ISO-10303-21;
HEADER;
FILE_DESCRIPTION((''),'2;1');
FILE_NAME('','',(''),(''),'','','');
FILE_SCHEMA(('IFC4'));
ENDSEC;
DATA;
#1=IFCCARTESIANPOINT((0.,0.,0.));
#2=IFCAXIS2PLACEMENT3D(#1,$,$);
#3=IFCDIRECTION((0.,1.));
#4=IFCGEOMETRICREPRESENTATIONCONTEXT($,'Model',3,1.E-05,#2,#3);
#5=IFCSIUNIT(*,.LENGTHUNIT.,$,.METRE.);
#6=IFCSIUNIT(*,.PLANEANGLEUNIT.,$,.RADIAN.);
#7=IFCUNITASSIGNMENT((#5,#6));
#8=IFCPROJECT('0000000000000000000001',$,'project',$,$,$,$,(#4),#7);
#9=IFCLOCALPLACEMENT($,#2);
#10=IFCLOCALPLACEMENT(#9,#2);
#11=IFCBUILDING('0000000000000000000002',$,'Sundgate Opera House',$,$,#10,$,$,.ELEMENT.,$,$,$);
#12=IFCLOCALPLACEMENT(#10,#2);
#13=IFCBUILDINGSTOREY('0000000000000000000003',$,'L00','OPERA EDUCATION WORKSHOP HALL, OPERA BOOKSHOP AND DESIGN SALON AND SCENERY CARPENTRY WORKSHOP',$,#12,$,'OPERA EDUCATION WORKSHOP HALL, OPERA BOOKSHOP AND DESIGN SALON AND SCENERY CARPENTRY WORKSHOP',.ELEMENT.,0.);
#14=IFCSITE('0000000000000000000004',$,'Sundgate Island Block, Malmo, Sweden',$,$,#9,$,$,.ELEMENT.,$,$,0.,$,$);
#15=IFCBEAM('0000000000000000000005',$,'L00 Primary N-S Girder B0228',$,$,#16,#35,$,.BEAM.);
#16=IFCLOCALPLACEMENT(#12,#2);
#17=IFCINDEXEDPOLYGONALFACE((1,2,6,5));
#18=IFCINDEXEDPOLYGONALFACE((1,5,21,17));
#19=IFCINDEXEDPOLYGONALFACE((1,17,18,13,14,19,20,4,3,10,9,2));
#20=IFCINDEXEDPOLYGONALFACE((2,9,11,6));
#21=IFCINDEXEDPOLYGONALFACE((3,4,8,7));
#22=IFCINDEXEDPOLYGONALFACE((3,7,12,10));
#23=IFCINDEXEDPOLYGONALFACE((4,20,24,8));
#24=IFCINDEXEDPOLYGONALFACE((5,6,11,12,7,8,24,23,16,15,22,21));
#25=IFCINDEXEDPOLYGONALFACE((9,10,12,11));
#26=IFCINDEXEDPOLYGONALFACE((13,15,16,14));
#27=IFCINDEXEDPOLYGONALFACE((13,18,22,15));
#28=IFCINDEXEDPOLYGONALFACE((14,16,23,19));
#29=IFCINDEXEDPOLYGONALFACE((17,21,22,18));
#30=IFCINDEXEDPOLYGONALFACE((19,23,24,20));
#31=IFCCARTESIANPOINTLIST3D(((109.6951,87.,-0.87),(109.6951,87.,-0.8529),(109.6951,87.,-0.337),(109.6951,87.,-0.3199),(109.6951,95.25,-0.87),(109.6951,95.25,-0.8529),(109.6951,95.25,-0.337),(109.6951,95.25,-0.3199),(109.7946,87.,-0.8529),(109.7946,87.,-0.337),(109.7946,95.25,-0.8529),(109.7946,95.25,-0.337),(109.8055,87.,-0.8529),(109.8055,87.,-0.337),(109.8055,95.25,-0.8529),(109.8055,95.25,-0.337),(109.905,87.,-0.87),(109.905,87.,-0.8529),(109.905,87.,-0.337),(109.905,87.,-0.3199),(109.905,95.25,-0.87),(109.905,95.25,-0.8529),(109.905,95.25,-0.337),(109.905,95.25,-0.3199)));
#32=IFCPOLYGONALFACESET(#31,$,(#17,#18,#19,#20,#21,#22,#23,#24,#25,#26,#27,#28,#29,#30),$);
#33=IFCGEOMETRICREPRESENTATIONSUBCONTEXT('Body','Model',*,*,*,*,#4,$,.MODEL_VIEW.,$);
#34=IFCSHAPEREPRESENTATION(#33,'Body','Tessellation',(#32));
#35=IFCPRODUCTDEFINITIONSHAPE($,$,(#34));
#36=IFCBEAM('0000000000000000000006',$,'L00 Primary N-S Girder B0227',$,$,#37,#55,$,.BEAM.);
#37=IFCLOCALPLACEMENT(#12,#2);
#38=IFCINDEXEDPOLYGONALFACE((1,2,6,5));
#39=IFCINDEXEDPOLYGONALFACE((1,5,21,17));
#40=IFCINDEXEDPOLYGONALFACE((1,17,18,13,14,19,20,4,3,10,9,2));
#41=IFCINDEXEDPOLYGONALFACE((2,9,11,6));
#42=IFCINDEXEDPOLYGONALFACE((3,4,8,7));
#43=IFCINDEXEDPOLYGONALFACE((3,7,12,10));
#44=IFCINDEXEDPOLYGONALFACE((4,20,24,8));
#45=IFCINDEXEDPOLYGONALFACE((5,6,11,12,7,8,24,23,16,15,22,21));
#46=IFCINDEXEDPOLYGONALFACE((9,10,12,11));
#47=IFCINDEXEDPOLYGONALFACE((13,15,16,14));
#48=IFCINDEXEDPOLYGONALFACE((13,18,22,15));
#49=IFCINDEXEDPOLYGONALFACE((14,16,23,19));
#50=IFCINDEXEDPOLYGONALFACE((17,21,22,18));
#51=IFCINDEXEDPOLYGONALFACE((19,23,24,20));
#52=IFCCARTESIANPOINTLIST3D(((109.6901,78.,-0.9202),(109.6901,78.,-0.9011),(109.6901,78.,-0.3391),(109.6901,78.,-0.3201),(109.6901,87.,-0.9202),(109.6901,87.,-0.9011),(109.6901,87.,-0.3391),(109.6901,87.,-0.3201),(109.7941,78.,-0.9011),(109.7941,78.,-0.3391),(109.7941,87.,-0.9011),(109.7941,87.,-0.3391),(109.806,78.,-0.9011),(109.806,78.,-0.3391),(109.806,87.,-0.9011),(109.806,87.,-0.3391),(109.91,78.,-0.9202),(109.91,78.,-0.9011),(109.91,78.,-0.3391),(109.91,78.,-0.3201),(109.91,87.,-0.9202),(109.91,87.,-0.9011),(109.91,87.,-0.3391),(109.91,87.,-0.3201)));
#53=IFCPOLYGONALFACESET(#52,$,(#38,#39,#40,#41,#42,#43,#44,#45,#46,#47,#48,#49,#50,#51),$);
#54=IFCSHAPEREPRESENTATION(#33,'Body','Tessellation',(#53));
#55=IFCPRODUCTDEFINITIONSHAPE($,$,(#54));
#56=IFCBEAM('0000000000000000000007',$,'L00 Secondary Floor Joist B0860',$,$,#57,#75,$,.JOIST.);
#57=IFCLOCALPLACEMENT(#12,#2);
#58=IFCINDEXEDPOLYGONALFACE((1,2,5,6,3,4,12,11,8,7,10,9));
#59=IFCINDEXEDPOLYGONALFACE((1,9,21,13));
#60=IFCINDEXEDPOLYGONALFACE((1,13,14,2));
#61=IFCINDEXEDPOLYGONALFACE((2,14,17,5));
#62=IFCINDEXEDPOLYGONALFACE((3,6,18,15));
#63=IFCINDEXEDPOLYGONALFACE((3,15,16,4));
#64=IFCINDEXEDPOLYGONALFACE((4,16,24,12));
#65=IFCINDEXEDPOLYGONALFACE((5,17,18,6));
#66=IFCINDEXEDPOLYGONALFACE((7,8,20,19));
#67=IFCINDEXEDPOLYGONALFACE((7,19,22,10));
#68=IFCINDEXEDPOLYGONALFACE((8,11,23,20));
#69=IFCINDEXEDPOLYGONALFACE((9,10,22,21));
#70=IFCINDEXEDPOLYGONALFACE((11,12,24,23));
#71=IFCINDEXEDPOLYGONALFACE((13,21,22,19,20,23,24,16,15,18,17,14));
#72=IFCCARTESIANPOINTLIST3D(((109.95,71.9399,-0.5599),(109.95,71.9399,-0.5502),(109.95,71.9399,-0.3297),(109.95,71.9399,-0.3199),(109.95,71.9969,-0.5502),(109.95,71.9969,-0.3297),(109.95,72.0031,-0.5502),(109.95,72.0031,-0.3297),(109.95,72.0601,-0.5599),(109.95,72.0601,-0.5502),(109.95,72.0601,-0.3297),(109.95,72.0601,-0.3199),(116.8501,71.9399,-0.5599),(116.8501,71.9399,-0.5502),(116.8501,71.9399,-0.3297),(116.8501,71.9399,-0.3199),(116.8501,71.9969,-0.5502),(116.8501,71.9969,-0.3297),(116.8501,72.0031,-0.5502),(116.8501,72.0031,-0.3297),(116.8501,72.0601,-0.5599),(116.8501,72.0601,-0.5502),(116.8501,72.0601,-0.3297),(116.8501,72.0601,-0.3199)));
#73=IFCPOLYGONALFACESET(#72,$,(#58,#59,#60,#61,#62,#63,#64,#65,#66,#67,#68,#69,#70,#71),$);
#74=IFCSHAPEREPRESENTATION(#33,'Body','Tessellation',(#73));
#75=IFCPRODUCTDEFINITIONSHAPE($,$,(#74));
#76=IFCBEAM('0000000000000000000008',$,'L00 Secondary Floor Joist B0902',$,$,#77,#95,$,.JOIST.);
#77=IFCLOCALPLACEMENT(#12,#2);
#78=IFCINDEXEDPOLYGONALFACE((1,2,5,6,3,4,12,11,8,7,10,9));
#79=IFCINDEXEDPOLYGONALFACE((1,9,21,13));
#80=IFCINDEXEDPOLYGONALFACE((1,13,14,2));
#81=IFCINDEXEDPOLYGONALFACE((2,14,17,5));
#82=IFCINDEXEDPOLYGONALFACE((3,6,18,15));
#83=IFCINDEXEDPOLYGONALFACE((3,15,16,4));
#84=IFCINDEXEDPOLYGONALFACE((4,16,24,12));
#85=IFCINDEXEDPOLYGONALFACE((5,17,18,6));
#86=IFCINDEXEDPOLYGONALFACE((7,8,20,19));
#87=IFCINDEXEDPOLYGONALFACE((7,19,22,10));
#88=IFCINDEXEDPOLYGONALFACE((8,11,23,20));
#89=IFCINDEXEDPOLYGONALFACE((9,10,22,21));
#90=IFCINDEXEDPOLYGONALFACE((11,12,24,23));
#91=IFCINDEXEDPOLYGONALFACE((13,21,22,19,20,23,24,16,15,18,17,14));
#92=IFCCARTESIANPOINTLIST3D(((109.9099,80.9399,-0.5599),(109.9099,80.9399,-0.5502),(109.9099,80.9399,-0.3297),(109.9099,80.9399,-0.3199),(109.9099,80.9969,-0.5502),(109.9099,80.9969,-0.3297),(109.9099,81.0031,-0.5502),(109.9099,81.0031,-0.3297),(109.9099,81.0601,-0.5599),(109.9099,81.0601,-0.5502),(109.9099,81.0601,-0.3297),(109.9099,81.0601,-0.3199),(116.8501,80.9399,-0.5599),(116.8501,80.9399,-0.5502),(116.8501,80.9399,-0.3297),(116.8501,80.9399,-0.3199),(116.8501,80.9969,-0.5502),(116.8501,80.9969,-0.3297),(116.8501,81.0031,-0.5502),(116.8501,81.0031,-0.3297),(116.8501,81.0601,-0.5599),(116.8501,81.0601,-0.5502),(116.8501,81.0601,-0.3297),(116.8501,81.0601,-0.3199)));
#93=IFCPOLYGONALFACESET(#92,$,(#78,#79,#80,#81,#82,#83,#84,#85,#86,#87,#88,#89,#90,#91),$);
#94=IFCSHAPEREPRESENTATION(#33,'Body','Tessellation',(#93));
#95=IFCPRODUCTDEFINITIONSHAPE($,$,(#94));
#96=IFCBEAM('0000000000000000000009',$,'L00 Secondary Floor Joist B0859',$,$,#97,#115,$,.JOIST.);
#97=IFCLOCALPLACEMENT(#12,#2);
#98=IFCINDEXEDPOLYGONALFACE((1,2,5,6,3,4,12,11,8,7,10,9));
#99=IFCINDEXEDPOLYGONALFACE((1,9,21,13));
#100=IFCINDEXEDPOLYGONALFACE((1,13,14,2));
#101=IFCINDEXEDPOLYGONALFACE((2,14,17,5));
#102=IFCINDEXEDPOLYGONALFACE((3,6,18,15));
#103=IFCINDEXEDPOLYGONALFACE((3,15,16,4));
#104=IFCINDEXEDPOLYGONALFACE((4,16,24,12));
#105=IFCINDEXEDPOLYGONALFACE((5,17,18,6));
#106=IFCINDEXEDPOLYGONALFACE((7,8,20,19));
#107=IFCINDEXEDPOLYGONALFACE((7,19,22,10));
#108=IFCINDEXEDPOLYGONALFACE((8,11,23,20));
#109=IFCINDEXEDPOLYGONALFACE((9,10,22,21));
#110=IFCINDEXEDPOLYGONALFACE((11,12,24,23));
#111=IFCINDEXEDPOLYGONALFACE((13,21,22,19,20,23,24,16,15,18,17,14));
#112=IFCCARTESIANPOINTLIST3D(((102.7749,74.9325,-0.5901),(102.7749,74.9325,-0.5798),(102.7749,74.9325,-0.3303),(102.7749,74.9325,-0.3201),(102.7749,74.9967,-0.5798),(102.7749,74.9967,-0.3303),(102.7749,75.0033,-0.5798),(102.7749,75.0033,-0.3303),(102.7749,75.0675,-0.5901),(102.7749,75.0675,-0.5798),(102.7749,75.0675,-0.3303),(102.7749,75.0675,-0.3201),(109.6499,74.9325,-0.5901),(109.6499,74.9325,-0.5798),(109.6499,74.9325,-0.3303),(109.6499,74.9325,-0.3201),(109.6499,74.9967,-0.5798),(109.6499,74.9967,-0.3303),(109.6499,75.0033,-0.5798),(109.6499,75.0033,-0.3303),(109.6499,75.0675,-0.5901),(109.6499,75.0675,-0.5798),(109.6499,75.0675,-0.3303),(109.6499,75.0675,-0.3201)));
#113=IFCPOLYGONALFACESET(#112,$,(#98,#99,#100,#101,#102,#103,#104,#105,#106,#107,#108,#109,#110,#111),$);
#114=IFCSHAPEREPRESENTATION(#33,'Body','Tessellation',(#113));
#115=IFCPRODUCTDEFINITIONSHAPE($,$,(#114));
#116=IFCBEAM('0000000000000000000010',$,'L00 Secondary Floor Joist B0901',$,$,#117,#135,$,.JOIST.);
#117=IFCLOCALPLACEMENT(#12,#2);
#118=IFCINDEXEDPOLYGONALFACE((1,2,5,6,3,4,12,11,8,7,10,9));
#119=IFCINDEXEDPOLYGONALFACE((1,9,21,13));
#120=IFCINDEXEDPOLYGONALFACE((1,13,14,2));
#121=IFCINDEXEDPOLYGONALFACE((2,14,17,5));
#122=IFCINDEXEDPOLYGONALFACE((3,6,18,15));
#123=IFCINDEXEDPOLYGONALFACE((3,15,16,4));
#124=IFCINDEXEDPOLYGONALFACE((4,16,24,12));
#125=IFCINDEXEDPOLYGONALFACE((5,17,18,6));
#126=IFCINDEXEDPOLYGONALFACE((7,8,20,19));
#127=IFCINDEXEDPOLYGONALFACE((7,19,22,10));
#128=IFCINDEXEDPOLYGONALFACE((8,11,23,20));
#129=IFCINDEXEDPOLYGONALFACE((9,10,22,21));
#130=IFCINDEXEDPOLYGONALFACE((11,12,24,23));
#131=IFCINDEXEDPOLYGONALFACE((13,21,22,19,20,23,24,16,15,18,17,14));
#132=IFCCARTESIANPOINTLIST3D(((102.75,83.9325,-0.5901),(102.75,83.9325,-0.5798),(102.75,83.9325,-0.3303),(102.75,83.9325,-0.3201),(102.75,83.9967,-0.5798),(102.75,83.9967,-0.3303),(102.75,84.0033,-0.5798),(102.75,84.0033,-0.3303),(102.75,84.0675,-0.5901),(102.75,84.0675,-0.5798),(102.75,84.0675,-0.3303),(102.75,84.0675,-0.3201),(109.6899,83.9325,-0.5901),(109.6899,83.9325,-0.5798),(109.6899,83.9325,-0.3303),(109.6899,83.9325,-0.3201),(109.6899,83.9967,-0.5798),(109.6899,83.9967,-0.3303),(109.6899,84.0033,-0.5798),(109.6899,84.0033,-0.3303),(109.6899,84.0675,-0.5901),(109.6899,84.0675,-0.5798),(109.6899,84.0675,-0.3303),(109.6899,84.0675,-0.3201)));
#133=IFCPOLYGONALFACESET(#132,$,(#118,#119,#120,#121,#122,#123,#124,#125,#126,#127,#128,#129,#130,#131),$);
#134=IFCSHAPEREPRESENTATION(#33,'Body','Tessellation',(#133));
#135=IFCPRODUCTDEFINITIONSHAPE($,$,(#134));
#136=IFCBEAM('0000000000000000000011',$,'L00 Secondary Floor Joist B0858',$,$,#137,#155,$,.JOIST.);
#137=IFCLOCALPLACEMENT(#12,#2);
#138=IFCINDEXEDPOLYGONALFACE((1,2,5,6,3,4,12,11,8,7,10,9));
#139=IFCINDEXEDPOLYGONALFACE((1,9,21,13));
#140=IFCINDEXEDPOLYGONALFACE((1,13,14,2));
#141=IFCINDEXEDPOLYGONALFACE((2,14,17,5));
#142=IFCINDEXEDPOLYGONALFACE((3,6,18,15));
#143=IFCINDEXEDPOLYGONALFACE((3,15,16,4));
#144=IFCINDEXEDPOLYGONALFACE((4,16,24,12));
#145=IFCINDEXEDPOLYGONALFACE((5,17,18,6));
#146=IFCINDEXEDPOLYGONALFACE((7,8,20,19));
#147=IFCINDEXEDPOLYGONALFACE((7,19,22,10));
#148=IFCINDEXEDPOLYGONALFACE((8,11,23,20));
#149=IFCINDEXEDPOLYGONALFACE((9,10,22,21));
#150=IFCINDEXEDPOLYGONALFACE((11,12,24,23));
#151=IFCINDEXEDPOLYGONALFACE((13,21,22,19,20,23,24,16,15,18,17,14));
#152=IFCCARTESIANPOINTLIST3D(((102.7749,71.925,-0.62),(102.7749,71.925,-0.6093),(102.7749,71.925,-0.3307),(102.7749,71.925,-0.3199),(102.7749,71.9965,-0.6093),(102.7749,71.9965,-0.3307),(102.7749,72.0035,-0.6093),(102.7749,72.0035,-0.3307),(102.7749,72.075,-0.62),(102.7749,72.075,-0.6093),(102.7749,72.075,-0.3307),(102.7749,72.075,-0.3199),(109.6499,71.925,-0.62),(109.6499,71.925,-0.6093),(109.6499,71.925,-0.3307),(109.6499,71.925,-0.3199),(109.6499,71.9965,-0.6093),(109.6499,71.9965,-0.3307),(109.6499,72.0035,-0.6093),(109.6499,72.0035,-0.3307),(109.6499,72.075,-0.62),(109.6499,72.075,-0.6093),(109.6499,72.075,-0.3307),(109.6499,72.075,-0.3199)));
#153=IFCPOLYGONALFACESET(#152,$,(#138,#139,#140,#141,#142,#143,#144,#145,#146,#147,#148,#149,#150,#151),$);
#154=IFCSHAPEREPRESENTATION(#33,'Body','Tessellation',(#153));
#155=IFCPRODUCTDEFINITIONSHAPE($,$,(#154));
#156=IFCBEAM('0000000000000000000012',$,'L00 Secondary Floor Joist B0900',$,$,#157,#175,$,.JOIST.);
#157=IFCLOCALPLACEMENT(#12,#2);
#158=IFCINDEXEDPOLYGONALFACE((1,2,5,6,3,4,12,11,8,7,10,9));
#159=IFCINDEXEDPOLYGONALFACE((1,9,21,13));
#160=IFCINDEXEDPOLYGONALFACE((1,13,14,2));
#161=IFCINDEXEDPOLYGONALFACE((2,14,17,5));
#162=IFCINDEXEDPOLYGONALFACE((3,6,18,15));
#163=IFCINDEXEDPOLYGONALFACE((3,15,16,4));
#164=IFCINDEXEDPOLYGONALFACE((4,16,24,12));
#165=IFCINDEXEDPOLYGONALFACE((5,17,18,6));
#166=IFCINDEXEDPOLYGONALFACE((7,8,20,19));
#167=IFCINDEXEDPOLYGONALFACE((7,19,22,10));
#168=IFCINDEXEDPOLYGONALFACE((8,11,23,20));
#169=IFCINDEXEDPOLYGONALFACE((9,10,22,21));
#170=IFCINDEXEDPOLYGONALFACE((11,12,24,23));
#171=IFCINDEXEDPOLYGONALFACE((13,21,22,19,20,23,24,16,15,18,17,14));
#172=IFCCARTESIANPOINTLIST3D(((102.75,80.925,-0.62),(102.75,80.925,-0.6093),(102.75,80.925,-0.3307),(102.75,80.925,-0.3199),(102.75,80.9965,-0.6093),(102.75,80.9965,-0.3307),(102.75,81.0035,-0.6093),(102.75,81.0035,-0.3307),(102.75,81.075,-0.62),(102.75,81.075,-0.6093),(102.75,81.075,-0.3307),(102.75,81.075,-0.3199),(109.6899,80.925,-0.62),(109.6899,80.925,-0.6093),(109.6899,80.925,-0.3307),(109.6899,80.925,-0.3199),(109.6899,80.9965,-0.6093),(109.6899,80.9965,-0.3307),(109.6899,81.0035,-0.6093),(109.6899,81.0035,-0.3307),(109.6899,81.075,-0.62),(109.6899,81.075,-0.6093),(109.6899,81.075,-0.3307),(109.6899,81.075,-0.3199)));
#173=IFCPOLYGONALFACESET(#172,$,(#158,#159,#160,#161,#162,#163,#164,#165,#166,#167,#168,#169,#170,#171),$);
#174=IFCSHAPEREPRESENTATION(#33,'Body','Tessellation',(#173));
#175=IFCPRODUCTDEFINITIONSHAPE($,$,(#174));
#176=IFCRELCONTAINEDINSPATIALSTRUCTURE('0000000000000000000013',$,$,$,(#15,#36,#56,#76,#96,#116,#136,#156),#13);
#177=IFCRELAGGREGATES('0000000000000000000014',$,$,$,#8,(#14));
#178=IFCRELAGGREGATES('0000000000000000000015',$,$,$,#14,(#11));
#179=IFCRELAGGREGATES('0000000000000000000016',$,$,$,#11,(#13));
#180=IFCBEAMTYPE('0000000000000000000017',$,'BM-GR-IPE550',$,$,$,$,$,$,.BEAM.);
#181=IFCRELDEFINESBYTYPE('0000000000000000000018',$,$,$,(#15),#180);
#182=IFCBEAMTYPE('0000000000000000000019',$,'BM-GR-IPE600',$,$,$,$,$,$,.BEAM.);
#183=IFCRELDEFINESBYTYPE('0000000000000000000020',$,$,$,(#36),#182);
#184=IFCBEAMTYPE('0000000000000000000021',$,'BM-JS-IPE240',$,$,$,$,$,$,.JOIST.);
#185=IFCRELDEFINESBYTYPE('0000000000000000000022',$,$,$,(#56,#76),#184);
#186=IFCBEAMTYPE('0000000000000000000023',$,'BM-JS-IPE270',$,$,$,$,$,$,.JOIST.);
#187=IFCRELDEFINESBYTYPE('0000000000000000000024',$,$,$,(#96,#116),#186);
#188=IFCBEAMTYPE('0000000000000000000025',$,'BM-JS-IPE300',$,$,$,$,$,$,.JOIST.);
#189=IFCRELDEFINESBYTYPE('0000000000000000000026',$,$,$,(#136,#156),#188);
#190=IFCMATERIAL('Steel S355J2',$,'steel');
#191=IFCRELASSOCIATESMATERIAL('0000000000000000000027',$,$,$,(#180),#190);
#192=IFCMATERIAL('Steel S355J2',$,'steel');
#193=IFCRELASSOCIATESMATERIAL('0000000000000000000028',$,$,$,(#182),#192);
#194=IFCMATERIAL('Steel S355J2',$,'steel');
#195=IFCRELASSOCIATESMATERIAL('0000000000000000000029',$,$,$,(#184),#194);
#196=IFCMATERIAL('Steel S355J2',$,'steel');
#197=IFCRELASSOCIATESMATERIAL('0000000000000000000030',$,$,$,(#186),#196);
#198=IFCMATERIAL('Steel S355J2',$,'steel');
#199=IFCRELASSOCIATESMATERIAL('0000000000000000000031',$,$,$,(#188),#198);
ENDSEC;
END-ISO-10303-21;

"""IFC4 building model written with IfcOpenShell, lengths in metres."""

from ifc_helpers import new_model, si_unit, direction, frame, origin, origin_2d, place, context, subcontext, project, spatial, i_section, extrude, material, material_profile, profile_set, type_object, element, save


model = new_model("IFC4")

# Units and contexts
model_context = context("Model", 3, precision=1e-05, world=origin(), true_north=direction((0.0, 1.0)))
body_context = subcontext(model_context, "Body", "Model", "MODEL_VIEW")
ifc_project = project(units=[si_unit("LENGTHUNIT", "METRE"), si_unit("PLANEANGLEUNIT", "RADIAN")], contexts=[model_context])

# Site, building, storey
site_placement = place(None, origin())
site = spatial("IfcSite", under=ifc_project, at=site_placement, Name="Sundgate Island Block, Malmo, Sweden", CompositionType="ELEMENT", RefElevation=0.0)
building_placement = place(site_placement, origin())
building = spatial("IfcBuilding", under=site, at=building_placement, Name="Sundgate Opera House", CompositionType="ELEMENT")
storey_placement = place(building_placement, origin())
storey = spatial("IfcBuildingStorey", under=building, at=storey_placement, Name="L00", Description="OPERA EDUCATION WORKSHOP HALL, OPERA BOOKSHOP AND DESIGN SALON AND SCENERY CARPENTRY WORKSHOP", LongName="OPERA EDUCATION WORKSHOP HALL, OPERA BOOKSHOP AND DESIGN SALON AND SCENERY CARPENTRY WORKSHOP", CompositionType="ELEMENT", Elevation=0.0)

# Beams
ifc_material_1 = material(Name="Steel S355J2", Category="steel")
ifc_material_profile_1 = material_profile(ifc_material_1, i_section(OverallWidth=0.21, OverallDepth=0.55, WebThickness=0.011, FlangeThickness=0.0171, at=origin_2d()), Name="IPE 550")
ifc_profile_set_1 = profile_set([ifc_material_profile_1], Name="Steel S355J2")
beam_type_1 = type_object("IfcBeamType", Name="BM-GR-IPE550", PredefinedType="BEAM", material=ifc_profile_set_1)
beam_1_placement = place(storey_placement, frame((109.8, 87.0, -0.595), z_axis=(0.0, 1.0, 0.0), x_axis=(-1.0, 0.0, 0.0)))
element("IfcBeam", 1, at=beam_1_placement, inside=storey, type_object=beam_type_1, Name="L00 Primary N-S Girder B0228", PredefinedType="BEAM", context=body_context, shape_type="SweptSolid", body=[
    extrude(i_section(OverallWidth=0.21, OverallDepth=0.55, WebThickness=0.011, FlangeThickness=0.0171, at=origin_2d()), origin(), (0.0, 0.0, 1.0), 8.25),
])
ifc_material_2 = material(Name="Steel S355J2", Category="steel")
ifc_material_profile_2 = material_profile(ifc_material_2, i_section(OverallWidth=0.22, OverallDepth=0.6001, WebThickness=0.012, FlangeThickness=0.019, at=origin_2d()), Name="IPE 600")
ifc_profile_set_2 = profile_set([ifc_material_profile_2], Name="Steel S355J2")
beam_type_2 = type_object("IfcBeamType", Name="BM-GR-IPE600", PredefinedType="BEAM", material=ifc_profile_set_2)
beam_2_placement = place(storey_placement, frame((109.8, 78.0, -0.6201), z_axis=(0.0, 1.0, 0.0), x_axis=(-1.0, 0.0, 0.0)))
element("IfcBeam", 2, at=beam_2_placement, inside=storey, type_object=beam_type_2, Name="L00 Primary N-S Girder B0227", PredefinedType="BEAM", context=body_context, shape_type="SweptSolid", body=[
    extrude(i_section(OverallWidth=0.22, OverallDepth=0.6001, WebThickness=0.012, FlangeThickness=0.019, at=origin_2d()), origin(), (0.0, 0.0, 1.0), 9.0),
])
ifc_material_3 = material(Name="Steel S355J2", Category="steel")
ifc_material_profile_3 = material_profile(ifc_material_3, i_section(OverallWidth=0.1201, OverallDepth=0.24, WebThickness=0.0061, FlangeThickness=0.0098, at=origin_2d()), Name="IPE 240")
ifc_profile_set_3 = profile_set([ifc_material_profile_3], Name="Steel S355J2")
beam_type_3 = type_object("IfcBeamType", Name="BM-JS-IPE240", PredefinedType="JOIST", material=ifc_profile_set_3)
beam_3_placement = place(storey_placement, frame((109.95, 72.0, -0.4399), z_axis=(1.0, 0.0, 0.0), x_axis=(0.0, 1.0, 0.0)))
element("IfcBeam", 3, at=beam_3_placement, inside=storey, type_object=beam_type_3, Name="L00 Secondary Floor Joist B0860", PredefinedType="JOIST", context=body_context, shape_type="SweptSolid", body=[
    extrude(i_section(OverallWidth=0.1201, OverallDepth=0.24, WebThickness=0.0061, FlangeThickness=0.0098, at=origin_2d()), origin(), (0.0, 0.0, 1.0), 6.9001),
])
beam_4_placement = place(storey_placement, frame((109.9099, 81.0, -0.4399), z_axis=(1.0, 0.0, 0.0), x_axis=(0.0, 1.0, 0.0)))
element("IfcBeam", 4, at=beam_4_placement, inside=storey, type_object=beam_type_3, Name="L00 Secondary Floor Joist B0902", PredefinedType="JOIST", context=body_context, shape_type="SweptSolid", body=[
    extrude(i_section(OverallWidth=0.1201, OverallDepth=0.24, WebThickness=0.0061, FlangeThickness=0.0098, at=origin_2d()), origin(), (0.0, 0.0, 1.0), 6.9402),
])
ifc_material_4 = material(Name="Steel S355J2", Category="steel")
ifc_material_profile_4 = material_profile(ifc_material_4, i_section(OverallWidth=0.135, OverallDepth=0.27, WebThickness=0.0066, FlangeThickness=0.0103, at=origin_2d()), Name="IPE 270")
ifc_profile_set_4 = profile_set([ifc_material_profile_4], Name="Steel S355J2")
beam_type_4 = type_object("IfcBeamType", Name="BM-JS-IPE270", PredefinedType="JOIST", material=ifc_profile_set_4)
beam_5_placement = place(storey_placement, frame((102.7749, 75.0, -0.4551), z_axis=(1.0, 0.0, 0.0), x_axis=(0.0, 1.0, 0.0)))
element("IfcBeam", 5, at=beam_5_placement, inside=storey, type_object=beam_type_4, Name="L00 Secondary Floor Joist B0859", PredefinedType="JOIST", context=body_context, shape_type="SweptSolid", body=[
    extrude(i_section(OverallWidth=0.135, OverallDepth=0.27, WebThickness=0.0066, FlangeThickness=0.0103, at=origin_2d()), origin(), (0.0, 0.0, 1.0), 6.875),
])
beam_6_placement = place(storey_placement, frame((102.75, 84.0, -0.4551), z_axis=(1.0, 0.0, 0.0), x_axis=(0.0, 1.0, 0.0)))
element("IfcBeam", 6, at=beam_6_placement, inside=storey, type_object=beam_type_4, Name="L00 Secondary Floor Joist B0901", PredefinedType="JOIST", context=body_context, shape_type="SweptSolid", body=[
    extrude(i_section(OverallWidth=0.135, OverallDepth=0.27, WebThickness=0.0066, FlangeThickness=0.0103, at=origin_2d()), origin(), (0.0, 0.0, 1.0), 6.9399),
])
ifc_material_5 = material(Name="Steel S355J2", Category="steel")
ifc_material_profile_5 = material_profile(ifc_material_5, i_section(OverallWidth=0.1499, OverallDepth=0.3, WebThickness=0.0071, FlangeThickness=0.0107, at=origin_2d()), Name="IPE 300")
ifc_profile_set_5 = profile_set([ifc_material_profile_5], Name="Steel S355J2")
beam_type_5 = type_object("IfcBeamType", Name="BM-JS-IPE300", PredefinedType="JOIST", material=ifc_profile_set_5)
beam_7_placement = place(storey_placement, frame((102.7749, 72.0, -0.47), z_axis=(1.0, 0.0, 0.0), x_axis=(0.0, 1.0, 0.0)))
element("IfcBeam", 7, at=beam_7_placement, inside=storey, type_object=beam_type_5, Name="L00 Secondary Floor Joist B0858", PredefinedType="JOIST", context=body_context, shape_type="SweptSolid", body=[
    extrude(i_section(OverallWidth=0.1499, OverallDepth=0.3, WebThickness=0.0071, FlangeThickness=0.0107, at=origin_2d()), origin(), (0.0, 0.0, 1.0), 6.875),
])
beam_8_placement = place(storey_placement, frame((102.75, 81.0, -0.47), z_axis=(1.0, 0.0, 0.0), x_axis=(0.0, 1.0, 0.0)))
element("IfcBeam", 8, at=beam_8_placement, inside=storey, type_object=beam_type_5, Name="L00 Secondary Floor Joist B0900", PredefinedType="JOIST", context=body_context, shape_type="SweptSolid", body=[
    extrude(i_section(OverallWidth=0.1499, OverallDepth=0.3, WebThickness=0.0071, FlangeThickness=0.0107, at=origin_2d()), origin(), (0.0, 0.0, 1.0), 6.9399),
])

save(model, "model.ifc")
